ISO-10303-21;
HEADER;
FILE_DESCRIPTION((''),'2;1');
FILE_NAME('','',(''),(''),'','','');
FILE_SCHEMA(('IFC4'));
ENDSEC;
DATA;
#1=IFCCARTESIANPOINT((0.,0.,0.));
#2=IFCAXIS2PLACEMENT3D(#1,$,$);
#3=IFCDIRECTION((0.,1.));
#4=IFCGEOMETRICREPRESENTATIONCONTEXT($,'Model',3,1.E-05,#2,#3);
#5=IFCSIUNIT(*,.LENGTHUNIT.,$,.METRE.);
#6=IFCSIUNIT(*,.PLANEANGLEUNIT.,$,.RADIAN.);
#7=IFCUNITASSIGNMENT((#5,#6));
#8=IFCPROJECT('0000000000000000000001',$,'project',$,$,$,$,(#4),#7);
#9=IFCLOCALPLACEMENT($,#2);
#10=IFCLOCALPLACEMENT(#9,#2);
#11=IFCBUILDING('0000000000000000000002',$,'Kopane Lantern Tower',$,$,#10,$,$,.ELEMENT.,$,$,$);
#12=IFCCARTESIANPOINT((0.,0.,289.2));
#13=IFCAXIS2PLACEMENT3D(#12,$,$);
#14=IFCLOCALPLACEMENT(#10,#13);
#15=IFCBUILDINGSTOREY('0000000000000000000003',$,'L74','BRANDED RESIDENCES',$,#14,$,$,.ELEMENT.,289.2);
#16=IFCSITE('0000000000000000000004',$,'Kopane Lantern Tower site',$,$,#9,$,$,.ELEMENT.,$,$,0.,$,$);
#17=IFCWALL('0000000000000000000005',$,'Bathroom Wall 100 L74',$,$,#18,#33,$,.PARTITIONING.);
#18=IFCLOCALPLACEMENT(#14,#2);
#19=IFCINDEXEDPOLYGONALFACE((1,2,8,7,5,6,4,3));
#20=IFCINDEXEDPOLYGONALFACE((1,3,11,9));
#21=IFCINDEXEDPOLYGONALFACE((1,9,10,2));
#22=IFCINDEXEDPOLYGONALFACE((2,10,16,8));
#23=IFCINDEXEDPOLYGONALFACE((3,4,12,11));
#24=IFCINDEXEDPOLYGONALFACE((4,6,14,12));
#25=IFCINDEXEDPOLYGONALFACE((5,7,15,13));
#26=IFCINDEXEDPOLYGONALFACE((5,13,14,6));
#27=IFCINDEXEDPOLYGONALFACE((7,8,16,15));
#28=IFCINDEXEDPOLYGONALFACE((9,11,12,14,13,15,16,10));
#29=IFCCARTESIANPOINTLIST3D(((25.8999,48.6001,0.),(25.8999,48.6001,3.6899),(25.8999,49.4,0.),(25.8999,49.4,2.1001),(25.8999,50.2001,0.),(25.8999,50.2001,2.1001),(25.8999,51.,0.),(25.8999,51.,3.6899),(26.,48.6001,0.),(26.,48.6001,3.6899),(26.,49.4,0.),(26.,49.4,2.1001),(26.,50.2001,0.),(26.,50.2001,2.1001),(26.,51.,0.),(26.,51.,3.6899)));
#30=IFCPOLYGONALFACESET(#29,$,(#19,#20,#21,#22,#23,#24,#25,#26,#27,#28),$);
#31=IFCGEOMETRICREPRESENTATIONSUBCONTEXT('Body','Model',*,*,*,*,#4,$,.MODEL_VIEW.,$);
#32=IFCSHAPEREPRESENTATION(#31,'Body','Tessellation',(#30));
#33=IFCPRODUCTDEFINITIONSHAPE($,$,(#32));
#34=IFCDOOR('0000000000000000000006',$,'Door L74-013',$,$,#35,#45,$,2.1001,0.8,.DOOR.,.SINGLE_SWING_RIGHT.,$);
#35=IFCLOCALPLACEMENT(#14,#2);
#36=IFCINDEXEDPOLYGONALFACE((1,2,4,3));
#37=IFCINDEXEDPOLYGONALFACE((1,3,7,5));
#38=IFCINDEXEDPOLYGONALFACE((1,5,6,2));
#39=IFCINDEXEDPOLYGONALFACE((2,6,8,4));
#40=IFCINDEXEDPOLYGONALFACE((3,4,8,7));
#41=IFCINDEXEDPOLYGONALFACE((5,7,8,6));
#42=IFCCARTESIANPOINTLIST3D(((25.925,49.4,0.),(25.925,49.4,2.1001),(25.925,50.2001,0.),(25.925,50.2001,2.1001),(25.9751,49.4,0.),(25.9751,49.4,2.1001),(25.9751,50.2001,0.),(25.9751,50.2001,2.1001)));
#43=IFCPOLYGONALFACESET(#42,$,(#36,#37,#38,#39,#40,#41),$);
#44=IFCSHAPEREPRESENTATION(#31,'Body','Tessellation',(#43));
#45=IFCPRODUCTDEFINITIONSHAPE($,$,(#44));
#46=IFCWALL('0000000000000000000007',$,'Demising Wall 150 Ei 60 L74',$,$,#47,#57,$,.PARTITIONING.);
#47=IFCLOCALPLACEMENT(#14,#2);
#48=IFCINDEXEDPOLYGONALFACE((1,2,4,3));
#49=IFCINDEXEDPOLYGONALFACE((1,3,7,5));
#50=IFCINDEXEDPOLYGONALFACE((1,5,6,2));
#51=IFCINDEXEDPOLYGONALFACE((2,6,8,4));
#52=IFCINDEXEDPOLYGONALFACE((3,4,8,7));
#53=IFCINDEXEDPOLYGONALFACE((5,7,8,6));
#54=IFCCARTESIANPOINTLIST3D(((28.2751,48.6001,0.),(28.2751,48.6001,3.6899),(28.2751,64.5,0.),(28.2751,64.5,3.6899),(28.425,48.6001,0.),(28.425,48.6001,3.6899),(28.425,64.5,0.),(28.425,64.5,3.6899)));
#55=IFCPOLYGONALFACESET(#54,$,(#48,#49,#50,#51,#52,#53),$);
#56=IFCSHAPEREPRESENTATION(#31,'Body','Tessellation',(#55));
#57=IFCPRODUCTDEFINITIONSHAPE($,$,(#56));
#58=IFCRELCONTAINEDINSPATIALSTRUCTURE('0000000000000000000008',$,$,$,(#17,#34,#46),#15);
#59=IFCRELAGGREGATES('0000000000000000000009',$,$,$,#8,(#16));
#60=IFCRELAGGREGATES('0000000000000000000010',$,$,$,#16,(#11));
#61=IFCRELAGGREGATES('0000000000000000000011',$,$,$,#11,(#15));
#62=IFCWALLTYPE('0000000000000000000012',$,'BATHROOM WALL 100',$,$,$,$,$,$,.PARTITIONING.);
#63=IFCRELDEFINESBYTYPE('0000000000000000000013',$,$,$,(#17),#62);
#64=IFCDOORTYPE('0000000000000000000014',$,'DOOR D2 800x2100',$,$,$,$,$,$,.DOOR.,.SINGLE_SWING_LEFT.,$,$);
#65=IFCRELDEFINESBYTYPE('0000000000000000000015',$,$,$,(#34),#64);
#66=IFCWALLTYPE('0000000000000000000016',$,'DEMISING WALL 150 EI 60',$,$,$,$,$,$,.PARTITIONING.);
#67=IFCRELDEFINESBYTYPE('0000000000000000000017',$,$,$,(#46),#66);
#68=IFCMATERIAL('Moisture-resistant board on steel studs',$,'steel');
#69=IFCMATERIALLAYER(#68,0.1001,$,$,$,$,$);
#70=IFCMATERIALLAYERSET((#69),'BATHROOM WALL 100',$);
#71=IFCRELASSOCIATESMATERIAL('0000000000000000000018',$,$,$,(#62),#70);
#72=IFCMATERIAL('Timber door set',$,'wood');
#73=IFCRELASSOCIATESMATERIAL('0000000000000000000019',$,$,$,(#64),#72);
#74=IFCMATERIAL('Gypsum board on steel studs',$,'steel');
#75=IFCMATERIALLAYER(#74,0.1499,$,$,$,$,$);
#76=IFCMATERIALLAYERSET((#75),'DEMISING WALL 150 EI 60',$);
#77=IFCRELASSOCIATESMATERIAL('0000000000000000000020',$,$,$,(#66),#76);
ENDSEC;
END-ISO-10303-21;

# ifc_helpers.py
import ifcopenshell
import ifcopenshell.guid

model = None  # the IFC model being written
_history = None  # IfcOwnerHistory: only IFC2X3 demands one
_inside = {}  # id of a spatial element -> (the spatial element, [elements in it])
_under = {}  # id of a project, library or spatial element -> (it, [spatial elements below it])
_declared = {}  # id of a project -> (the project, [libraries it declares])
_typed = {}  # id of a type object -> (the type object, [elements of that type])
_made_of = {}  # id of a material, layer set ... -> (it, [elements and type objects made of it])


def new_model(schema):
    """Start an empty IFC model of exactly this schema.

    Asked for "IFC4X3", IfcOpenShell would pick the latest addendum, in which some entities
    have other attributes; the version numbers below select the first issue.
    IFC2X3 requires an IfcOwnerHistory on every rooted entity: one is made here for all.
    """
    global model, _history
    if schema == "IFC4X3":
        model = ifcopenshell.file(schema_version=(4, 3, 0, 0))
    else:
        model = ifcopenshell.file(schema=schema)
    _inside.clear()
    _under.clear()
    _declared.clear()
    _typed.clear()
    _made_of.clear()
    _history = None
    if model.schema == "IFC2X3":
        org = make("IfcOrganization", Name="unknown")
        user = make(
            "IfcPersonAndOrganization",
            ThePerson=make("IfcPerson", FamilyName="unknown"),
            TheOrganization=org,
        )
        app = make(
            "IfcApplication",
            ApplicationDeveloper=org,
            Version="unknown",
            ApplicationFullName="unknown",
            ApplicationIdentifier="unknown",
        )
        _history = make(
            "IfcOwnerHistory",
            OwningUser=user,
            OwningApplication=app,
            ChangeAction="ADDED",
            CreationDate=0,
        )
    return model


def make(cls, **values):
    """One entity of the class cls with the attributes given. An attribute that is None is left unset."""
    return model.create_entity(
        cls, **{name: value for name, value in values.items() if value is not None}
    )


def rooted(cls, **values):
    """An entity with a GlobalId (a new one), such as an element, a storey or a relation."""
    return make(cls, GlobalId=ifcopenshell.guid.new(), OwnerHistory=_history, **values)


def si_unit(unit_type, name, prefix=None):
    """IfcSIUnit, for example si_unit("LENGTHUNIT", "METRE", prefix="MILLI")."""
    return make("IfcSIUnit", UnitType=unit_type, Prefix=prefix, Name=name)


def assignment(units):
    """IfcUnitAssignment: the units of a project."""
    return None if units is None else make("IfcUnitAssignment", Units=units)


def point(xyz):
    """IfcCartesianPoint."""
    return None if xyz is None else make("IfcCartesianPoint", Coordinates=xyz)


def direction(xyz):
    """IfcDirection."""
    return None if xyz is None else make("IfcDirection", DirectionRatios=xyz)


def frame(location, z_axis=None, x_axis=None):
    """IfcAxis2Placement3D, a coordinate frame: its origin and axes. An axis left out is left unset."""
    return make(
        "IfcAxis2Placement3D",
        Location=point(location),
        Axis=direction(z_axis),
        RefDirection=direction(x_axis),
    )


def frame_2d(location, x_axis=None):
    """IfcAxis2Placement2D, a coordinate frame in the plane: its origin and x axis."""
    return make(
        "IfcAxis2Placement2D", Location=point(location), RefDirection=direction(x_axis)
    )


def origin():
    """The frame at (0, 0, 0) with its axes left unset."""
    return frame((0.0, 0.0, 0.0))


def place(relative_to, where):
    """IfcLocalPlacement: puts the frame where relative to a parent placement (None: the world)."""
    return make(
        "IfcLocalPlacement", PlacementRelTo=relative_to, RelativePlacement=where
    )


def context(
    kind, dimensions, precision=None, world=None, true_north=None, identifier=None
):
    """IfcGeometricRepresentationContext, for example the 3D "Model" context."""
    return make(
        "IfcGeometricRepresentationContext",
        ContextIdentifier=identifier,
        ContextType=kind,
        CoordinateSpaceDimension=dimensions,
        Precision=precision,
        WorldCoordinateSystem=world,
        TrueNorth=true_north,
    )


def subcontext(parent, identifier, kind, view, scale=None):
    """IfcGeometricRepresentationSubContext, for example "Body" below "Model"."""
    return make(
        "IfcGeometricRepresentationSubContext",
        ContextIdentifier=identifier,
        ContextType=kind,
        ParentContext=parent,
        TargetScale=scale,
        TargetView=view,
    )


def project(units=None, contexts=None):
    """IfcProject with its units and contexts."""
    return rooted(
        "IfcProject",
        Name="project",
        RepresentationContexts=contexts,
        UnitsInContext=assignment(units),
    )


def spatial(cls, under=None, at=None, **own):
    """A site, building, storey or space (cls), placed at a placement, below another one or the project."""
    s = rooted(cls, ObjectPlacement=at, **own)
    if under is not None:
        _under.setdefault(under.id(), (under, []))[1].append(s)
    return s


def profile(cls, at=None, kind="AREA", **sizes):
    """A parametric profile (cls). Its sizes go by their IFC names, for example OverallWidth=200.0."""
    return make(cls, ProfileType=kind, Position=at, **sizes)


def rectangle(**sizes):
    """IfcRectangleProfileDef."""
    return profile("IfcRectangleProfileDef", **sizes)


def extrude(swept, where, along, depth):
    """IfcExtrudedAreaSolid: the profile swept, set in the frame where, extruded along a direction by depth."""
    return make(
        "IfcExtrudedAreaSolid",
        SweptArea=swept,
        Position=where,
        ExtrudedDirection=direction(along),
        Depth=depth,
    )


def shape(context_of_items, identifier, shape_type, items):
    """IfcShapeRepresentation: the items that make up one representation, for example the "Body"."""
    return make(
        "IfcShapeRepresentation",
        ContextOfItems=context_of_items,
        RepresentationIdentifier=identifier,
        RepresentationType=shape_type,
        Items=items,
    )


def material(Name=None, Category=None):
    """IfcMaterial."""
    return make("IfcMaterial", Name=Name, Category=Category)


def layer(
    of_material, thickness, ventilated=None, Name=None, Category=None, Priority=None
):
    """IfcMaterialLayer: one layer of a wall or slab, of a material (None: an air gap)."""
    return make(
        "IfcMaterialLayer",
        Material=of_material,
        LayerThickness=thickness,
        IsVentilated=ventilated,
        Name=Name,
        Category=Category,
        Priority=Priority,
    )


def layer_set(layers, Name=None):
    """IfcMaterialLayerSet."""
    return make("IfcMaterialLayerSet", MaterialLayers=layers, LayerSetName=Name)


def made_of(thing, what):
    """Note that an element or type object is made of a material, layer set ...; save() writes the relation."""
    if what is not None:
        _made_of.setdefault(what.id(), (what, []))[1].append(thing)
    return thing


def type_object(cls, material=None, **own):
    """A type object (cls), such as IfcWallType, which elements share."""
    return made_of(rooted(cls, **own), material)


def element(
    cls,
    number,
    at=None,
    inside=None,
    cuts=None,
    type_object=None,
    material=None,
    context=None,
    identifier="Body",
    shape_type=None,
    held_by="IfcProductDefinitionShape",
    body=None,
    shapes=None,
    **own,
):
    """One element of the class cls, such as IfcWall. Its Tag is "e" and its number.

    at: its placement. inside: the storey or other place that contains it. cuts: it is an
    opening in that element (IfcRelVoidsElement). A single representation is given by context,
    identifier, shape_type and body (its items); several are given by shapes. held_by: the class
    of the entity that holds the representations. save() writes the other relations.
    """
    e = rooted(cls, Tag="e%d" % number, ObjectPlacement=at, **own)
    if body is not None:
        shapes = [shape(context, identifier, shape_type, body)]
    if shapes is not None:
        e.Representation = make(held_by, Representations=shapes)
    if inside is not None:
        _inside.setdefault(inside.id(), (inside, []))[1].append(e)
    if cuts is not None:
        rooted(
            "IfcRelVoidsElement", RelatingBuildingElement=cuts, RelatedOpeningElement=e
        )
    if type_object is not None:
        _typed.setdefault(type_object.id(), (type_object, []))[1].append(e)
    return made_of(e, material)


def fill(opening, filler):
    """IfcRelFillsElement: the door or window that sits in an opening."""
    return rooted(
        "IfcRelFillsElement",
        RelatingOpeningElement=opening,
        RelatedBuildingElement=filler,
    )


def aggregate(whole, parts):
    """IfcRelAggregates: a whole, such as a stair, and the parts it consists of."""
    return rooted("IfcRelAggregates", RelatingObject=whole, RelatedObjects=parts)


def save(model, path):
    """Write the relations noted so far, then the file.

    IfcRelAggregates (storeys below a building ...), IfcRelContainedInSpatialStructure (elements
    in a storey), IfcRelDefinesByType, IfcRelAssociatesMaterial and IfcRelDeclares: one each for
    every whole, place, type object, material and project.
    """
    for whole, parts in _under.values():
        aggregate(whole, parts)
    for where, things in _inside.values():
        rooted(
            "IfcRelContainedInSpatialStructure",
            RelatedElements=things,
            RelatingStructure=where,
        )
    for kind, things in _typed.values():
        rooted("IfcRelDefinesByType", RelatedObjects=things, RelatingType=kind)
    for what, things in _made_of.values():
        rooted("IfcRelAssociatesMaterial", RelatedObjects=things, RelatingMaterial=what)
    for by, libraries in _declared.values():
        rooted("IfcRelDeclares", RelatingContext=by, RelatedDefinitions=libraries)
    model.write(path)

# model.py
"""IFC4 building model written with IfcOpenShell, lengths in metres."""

from ifc_helpers import new_model, si_unit, direction, frame, frame_2d, origin, place, context, subcontext, project, spatial, rectangle, extrude, material, layer, layer_set, type_object, element, fill, save


model = new_model("IFC4")

# Units and contexts
model_context = context("Model", 3, precision=1e-05, world=origin(), true_north=direction((0.0, 1.0)))
body_context = subcontext(model_context, "Body", "Model", "MODEL_VIEW")
ifc_project = project(units=[si_unit("LENGTHUNIT", "METRE"), si_unit("PLANEANGLEUNIT", "RADIAN")], contexts=[model_context])

# Site, building, storey
site_placement = place(None, origin())
site = spatial("IfcSite", under=ifc_project, at=site_placement, Name="Kopane Lantern Tower site", CompositionType="ELEMENT", RefElevation=0.0)
building_placement = place(site_placement, origin())
building = spatial("IfcBuilding", under=site, at=building_placement, Name="Kopane Lantern Tower", CompositionType="ELEMENT")
storey_placement = place(building_placement, frame((0.0, 0.0, 289.2)))
storey = spatial("IfcBuildingStorey", under=building, at=storey_placement, Name="L74", Description="BRANDED RESIDENCES", CompositionType="ELEMENT", Elevation=289.2)

# Wall, opening, door
ifc_material_1 = material(Name="Moisture-resistant board on steel studs", Category="steel")
ifc_layer_1 = layer(ifc_material_1, 0.1001)
ifc_layer_set_1 = layer_set([ifc_layer_1], Name="BATHROOM WALL 100")
wall_type_1 = type_object("IfcWallType", Name="BATHROOM WALL 100", PredefinedType="PARTITIONING", material=ifc_layer_set_1)
wall_1_placement = place(storey_placement, frame((25.95, 48.6001, 0.0), z_axis=(0.0, 0.0, 1.0), x_axis=(0.0, 1.0, 0.0)))
wall_1 = element("IfcWall", 1, at=wall_1_placement, inside=storey, type_object=wall_type_1, Name="Bathroom Wall 100 L74", PredefinedType="PARTITIONING", context=body_context, shape_type="SweptSolid", body=[
    extrude(rectangle(XDim=2.3999, YDim=0.1001, at=frame_2d((1.2, 0.0))), origin(), (0.0, 0.0, 1.0), 3.6899),
])
opening_1_placement = place(wall_1_placement, frame((0.8, 0.0, 0.0)))
opening_1 = element("IfcOpeningElement", 2, at=opening_1_placement, cuts=wall_1, PredefinedType="OPENING", context=body_context, shape_type="SweptSolid", body=[
    extrude(rectangle(XDim=0.8, YDim=2.1001, at=frame_2d((0.3999, 1.05))), frame((0.0, 0.0601, 0.0), z_axis=(0.0, -1.0, 0.0), x_axis=(1.0, 0.0, 0.0)), (0.0, 0.0, 1.0), 0.1201),
])
ifc_material_2 = material(Name="Timber door set", Category="wood")
door_type_1 = type_object("IfcDoorType", Name="DOOR D2 800x2100", OperationType="SINGLE_SWING_LEFT", PredefinedType="DOOR", material=ifc_material_2)
door_1_placement = place(opening_1_placement, origin())
door_1 = element("IfcDoor", 3, at=door_1_placement, inside=storey, type_object=door_type_1, Name="Door L74-013", OperationType="SINGLE_SWING_RIGHT", OverallHeight=2.1001, OverallWidth=0.8, PredefinedType="DOOR", context=body_context, shape_type="SweptSolid", body=[
    extrude(rectangle(XDim=0.8, YDim=2.1001, at=frame_2d((0.3999, 1.05))), frame((0.0, 0.0249, 0.0), z_axis=(0.0, -1.0, 0.0), x_axis=(1.0, 0.0, 0.0)), (0.0, 0.0, 1.0), 0.05),
])
fill(opening_1, door_1)

# Wall
ifc_material_3 = material(Name="Gypsum board on steel studs", Category="steel")
ifc_layer_2 = layer(ifc_material_3, 0.1499)
ifc_layer_set_2 = layer_set([ifc_layer_2], Name="DEMISING WALL 150 EI 60")
wall_type_2 = type_object("IfcWallType", Name="DEMISING WALL 150 EI 60", PredefinedType="PARTITIONING", material=ifc_layer_set_2)
wall_2_placement = place(storey_placement, frame((28.3501, 48.6001, 0.0), z_axis=(0.0, 0.0, 1.0), x_axis=(0.0, 1.0, 0.0)))
element("IfcWall", 4, at=wall_2_placement, inside=storey, type_object=wall_type_2, Name="Demising Wall 150 Ei 60 L74", PredefinedType="PARTITIONING", context=body_context, shape_type="SweptSolid", body=[
    extrude(rectangle(XDim=15.8999, YDim=0.1499, at=frame_2d((7.95, 0.0))), origin(), (0.0, 0.0, 1.0), 3.6899),
])

save(model, "model.ifc")
